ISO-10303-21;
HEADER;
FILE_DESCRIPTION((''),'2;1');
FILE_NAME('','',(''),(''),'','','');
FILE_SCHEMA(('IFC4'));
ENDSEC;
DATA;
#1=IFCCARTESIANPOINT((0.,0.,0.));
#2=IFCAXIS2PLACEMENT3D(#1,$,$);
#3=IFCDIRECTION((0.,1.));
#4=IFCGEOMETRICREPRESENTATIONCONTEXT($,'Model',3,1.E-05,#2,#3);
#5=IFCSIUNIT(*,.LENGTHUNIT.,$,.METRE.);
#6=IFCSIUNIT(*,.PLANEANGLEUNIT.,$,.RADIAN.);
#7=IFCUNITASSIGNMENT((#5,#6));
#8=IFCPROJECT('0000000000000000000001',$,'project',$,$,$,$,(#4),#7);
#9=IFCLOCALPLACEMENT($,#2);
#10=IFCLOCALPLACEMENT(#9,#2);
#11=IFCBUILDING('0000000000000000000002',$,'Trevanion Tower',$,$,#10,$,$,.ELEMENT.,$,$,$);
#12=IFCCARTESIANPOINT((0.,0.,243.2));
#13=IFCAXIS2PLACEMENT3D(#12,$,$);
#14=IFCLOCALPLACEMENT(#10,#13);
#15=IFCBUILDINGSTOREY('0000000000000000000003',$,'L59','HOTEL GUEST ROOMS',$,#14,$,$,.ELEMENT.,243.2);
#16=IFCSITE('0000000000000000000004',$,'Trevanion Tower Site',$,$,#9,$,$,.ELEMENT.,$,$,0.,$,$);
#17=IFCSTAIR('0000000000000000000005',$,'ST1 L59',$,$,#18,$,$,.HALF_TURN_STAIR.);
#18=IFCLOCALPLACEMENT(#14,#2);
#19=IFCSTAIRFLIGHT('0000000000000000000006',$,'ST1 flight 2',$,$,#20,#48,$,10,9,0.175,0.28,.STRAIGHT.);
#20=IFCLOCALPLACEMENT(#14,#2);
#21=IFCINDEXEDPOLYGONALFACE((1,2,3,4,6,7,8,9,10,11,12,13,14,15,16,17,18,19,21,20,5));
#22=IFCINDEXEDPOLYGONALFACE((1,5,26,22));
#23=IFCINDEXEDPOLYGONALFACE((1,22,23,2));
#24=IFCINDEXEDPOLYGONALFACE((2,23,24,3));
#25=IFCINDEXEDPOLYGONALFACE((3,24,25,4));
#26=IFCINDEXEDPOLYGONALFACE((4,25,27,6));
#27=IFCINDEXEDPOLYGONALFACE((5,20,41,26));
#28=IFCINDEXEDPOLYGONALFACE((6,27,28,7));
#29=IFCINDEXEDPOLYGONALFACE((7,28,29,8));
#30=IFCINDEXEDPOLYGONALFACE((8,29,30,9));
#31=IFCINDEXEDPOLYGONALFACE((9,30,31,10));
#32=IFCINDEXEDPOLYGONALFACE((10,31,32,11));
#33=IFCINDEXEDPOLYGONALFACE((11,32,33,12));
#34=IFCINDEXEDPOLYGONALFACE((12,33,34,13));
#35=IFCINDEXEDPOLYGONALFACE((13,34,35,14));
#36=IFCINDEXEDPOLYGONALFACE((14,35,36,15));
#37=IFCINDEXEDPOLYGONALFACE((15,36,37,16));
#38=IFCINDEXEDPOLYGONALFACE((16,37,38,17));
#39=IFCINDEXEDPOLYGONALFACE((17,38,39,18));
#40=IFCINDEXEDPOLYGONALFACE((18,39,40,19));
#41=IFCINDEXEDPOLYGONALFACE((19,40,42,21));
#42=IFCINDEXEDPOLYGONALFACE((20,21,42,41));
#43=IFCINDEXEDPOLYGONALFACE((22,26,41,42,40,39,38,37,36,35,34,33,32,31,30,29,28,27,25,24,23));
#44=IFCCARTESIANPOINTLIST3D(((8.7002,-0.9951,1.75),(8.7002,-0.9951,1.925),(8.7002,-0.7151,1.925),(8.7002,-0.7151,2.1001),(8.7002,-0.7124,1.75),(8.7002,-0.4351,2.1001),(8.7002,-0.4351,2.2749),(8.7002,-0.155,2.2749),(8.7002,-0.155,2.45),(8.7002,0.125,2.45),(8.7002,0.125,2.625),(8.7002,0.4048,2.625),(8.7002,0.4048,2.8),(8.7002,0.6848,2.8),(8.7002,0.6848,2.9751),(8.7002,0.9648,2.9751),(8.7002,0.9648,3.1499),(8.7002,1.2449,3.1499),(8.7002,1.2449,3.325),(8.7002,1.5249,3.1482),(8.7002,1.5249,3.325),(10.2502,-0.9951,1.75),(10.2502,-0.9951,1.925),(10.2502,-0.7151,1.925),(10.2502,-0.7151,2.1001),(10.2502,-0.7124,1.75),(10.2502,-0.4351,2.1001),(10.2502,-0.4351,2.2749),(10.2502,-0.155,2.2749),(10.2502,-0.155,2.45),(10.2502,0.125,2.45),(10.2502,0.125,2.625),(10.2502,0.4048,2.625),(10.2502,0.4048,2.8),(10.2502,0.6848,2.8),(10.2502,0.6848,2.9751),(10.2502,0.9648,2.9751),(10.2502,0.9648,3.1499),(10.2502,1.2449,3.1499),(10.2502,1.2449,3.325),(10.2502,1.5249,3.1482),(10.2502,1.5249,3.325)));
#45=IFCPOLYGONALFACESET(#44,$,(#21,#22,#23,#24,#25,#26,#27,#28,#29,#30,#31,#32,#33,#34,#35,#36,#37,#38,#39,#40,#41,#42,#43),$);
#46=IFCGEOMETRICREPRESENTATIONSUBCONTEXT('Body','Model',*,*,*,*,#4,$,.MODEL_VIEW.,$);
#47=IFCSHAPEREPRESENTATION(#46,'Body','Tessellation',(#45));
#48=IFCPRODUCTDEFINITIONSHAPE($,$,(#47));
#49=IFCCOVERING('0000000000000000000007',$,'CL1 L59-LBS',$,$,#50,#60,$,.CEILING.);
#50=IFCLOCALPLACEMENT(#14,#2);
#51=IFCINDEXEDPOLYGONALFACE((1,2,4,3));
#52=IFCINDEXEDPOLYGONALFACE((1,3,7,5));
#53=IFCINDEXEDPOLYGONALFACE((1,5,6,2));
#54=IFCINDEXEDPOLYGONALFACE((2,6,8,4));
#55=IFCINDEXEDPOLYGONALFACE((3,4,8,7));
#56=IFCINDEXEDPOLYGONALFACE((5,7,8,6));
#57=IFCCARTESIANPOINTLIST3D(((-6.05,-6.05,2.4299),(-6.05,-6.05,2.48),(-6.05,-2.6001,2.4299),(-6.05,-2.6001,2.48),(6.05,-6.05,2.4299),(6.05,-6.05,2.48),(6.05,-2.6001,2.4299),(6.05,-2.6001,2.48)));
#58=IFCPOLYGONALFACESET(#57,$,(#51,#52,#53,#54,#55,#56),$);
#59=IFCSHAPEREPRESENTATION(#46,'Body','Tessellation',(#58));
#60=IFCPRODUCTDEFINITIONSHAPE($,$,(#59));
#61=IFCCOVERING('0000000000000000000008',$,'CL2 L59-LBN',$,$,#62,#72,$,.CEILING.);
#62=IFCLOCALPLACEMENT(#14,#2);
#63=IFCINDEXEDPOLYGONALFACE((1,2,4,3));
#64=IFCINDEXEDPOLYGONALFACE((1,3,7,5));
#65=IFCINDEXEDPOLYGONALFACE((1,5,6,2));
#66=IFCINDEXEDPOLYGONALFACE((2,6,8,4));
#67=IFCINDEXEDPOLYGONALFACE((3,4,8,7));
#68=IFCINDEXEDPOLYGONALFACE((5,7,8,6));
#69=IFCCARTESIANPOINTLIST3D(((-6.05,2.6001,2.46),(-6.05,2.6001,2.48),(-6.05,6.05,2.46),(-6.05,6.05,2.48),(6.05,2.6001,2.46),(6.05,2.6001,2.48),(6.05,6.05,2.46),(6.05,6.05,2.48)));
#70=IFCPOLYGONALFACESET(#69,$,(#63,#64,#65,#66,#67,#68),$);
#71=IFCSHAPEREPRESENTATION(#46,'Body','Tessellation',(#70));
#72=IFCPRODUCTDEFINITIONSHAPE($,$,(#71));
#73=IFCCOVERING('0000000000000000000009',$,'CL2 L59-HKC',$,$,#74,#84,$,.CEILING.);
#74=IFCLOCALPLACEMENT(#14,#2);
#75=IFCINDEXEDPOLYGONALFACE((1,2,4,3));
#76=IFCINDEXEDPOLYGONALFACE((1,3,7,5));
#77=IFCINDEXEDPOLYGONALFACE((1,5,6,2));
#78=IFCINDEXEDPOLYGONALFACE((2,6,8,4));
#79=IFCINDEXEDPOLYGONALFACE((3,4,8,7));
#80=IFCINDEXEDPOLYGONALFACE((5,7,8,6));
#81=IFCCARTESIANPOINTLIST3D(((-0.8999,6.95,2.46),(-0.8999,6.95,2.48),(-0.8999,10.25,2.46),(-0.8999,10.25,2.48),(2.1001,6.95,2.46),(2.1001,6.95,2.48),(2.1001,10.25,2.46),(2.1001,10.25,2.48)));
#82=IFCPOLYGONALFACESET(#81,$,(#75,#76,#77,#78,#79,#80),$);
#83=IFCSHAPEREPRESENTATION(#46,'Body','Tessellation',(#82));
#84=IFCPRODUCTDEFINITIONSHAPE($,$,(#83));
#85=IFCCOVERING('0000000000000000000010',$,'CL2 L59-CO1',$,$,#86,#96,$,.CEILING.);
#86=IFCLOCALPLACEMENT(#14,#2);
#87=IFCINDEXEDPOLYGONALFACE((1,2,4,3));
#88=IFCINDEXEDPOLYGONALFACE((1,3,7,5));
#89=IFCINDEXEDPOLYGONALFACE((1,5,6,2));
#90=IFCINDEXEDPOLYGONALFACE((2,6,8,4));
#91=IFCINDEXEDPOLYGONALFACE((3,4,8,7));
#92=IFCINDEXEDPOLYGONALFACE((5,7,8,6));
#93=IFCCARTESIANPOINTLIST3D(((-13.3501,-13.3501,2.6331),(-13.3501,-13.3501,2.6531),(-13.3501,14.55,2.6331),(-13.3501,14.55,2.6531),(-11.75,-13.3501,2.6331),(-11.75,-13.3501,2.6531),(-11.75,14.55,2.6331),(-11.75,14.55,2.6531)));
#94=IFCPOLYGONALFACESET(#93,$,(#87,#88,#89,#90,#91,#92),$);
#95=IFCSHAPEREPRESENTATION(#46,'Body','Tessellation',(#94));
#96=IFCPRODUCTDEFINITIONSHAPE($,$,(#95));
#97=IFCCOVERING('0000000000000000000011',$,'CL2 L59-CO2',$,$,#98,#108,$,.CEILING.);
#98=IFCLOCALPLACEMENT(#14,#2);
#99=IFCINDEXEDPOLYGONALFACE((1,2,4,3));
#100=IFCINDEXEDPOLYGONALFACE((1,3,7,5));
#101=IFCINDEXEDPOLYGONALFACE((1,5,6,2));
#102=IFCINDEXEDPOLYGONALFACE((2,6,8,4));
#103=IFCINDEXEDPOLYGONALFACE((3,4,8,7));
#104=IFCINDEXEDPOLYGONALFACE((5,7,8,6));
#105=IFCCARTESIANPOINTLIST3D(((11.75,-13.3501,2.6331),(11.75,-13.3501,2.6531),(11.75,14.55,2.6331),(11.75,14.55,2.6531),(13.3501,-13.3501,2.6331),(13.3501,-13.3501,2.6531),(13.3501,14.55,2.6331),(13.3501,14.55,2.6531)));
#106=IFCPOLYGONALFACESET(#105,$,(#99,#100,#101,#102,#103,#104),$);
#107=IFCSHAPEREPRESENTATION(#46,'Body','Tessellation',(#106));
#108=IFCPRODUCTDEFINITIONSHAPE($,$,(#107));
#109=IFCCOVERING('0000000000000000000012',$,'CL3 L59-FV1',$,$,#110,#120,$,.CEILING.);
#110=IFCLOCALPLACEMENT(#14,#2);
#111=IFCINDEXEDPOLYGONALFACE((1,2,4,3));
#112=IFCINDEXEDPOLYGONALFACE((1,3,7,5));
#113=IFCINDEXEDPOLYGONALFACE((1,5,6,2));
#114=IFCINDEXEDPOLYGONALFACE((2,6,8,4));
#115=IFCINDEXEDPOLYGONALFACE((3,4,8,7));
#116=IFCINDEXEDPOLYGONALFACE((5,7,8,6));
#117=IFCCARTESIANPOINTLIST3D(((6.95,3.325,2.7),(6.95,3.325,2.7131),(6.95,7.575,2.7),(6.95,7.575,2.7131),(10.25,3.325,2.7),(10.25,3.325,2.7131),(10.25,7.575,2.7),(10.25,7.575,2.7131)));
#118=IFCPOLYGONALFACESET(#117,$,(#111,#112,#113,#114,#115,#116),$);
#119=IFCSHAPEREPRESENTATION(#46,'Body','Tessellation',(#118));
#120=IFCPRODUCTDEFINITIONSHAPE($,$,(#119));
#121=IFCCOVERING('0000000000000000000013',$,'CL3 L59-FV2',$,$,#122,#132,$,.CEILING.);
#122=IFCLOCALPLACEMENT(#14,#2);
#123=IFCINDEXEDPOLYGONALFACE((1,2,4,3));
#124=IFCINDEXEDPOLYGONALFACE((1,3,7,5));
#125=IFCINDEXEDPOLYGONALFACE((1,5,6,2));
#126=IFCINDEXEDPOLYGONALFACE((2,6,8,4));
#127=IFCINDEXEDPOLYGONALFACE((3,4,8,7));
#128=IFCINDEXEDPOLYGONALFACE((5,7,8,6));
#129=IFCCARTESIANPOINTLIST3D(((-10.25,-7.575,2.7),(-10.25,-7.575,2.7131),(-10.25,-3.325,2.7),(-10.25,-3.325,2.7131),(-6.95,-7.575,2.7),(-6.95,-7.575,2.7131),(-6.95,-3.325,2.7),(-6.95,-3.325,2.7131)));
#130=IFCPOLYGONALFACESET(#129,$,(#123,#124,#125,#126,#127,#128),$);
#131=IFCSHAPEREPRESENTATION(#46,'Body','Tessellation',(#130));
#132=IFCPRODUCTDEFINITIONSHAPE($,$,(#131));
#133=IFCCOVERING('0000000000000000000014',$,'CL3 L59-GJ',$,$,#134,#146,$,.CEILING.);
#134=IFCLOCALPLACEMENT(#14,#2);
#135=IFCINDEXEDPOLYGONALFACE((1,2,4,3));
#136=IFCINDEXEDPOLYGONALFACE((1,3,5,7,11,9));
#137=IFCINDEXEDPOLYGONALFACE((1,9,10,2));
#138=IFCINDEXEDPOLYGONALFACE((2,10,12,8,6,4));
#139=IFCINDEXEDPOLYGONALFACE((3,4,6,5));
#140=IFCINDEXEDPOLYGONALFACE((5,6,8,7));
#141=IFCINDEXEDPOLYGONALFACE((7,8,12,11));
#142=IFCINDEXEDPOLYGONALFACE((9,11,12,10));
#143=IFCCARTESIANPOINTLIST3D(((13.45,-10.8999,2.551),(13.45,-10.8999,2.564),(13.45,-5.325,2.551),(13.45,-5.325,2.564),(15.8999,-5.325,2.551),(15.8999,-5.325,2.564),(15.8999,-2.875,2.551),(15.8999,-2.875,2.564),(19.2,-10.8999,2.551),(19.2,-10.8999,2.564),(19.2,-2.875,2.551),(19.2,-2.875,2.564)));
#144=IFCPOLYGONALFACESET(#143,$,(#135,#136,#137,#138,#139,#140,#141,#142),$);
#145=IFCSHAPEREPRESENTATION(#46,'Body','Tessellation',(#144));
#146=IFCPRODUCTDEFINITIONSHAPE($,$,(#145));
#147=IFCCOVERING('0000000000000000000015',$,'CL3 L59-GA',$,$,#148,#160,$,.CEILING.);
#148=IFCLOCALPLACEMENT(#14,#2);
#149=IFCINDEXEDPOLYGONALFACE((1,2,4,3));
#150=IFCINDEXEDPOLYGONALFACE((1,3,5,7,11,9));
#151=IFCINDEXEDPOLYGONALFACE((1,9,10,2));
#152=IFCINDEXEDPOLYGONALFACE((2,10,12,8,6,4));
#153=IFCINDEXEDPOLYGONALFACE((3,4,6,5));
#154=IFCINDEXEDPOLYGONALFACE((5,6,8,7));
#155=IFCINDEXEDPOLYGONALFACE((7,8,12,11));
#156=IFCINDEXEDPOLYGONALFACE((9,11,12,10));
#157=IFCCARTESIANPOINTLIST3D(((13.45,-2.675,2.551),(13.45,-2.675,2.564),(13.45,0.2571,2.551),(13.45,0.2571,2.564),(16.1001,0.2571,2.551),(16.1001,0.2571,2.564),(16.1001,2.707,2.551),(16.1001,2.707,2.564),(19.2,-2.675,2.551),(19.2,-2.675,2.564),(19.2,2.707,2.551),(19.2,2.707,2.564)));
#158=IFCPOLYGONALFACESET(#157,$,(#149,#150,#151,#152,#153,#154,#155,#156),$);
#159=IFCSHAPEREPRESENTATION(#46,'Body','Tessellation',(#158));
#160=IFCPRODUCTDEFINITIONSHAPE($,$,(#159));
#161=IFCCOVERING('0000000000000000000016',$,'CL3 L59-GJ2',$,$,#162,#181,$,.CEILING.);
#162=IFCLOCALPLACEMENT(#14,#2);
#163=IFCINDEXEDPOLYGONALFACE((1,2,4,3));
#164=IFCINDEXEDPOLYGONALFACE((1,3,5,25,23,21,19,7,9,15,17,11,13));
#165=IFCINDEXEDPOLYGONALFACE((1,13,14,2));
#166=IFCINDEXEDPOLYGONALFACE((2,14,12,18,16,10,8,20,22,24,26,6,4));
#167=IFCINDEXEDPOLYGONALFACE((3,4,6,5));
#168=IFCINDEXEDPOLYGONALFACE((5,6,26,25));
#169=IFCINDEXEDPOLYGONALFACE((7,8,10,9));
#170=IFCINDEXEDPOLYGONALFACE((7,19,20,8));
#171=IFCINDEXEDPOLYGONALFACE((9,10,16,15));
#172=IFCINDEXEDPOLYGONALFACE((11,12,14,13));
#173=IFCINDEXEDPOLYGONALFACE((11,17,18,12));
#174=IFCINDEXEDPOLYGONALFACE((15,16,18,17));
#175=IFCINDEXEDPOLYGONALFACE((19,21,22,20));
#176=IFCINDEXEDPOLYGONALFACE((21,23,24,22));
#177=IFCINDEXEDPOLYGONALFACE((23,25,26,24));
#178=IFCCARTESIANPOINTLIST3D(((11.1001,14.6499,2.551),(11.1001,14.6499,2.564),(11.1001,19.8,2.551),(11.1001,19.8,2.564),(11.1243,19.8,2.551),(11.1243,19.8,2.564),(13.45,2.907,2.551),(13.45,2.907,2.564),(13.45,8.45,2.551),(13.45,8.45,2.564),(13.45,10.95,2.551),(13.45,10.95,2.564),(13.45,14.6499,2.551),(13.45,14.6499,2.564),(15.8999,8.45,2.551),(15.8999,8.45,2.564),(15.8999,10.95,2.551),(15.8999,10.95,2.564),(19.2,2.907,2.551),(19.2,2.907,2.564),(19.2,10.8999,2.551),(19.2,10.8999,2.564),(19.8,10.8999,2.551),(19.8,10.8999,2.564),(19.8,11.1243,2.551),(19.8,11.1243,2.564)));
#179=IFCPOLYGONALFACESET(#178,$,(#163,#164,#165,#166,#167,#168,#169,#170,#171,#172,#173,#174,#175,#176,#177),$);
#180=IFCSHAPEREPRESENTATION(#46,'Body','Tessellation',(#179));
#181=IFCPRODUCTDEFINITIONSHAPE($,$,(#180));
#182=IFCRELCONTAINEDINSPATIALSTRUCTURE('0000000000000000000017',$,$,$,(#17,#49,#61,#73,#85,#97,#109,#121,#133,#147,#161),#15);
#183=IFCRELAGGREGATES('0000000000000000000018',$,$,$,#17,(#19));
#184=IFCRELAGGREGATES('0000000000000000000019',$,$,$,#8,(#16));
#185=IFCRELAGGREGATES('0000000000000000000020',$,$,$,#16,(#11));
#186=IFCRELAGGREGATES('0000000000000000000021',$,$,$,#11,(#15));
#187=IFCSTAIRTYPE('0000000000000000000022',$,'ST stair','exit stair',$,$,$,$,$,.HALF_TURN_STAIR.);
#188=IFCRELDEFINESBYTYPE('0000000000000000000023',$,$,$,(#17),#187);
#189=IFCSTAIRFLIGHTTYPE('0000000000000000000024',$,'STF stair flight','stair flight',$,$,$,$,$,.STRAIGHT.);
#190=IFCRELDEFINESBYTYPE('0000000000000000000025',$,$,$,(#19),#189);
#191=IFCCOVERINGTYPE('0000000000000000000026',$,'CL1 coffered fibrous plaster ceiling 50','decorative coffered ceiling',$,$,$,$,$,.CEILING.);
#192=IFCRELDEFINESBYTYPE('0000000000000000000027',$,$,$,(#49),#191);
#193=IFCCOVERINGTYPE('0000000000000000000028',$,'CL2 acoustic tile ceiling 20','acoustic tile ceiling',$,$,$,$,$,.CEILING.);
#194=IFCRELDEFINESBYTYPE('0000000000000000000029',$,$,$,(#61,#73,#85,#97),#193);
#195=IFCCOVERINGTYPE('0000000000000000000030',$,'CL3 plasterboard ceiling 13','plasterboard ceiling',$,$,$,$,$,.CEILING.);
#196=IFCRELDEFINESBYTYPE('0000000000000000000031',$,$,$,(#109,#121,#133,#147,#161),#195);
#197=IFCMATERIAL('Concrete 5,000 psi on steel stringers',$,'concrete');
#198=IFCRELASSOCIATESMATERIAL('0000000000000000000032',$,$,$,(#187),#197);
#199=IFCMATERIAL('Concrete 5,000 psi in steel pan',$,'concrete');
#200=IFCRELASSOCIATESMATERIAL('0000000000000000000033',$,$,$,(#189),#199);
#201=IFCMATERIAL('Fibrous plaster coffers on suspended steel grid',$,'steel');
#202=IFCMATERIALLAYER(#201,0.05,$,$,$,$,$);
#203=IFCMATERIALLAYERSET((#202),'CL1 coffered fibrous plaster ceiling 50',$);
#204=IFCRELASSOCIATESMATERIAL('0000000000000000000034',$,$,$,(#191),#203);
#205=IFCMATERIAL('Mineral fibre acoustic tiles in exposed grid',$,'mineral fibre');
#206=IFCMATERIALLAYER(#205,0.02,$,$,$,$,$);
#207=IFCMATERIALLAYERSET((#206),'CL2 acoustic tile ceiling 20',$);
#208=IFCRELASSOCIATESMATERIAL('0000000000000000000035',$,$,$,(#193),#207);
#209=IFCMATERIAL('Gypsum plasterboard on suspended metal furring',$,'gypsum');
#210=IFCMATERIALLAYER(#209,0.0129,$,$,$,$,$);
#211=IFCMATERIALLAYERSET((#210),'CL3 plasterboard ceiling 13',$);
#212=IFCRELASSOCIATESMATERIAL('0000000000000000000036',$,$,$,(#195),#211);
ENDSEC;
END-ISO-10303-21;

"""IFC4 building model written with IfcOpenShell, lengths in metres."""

from ifc_helpers import new_model, si_unit, direction, frame, origin, place, context, subcontext, project, spatial, polyline, outline, extrude, material, layer, layer_set, type_object, element, aggregate, save


model = new_model("IFC4")

# Units and contexts
model_context = context("Model", 3, precision=1e-05, world=origin(), true_north=direction((0.0, 1.0)))
body_context = subcontext(model_context, "Body", "Model", "MODEL_VIEW")
ifc_project = project(units=[si_unit("LENGTHUNIT", "METRE"), si_unit("PLANEANGLEUNIT", "RADIAN")], contexts=[model_context])

# Site, building, storey
site_placement = place(None, origin())
site = spatial("IfcSite", under=ifc_project, at=site_placement, Name="Trevanion Tower Site", CompositionType="ELEMENT", RefElevation=0.0)
building_placement = place(site_placement, origin())
building = spatial("IfcBuilding", under=site, at=building_placement, Name="Trevanion Tower", CompositionType="ELEMENT")
storey_placement = place(building_placement, frame((0.0, 0.0, 243.2)))
storey = spatial("IfcBuildingStorey", under=building, at=storey_placement, Name="L59", Description="HOTEL GUEST ROOMS", CompositionType="ELEMENT", Elevation=243.2)

# Stair, stair flight
ifc_material_1 = material(Name="Concrete 5,000 psi on steel stringers", Category="concrete")
stair_type = type_object("IfcStairType", Name="ST stair", Description="exit stair", PredefinedType="HALF_TURN_STAIR", material=ifc_material_1)
stair_placement = place(storey_placement, origin())
stair = element("IfcStair", 1, at=stair_placement, inside=storey, type_object=stair_type, Name="ST1 L59", PredefinedType="HALF_TURN_STAIR")
ifc_material_2 = material(Name="Concrete 5,000 psi in steel pan", Category="concrete")
stair_flight_type = type_object("IfcStairFlightType", Name="STF stair flight", Description="stair flight", PredefinedType="STRAIGHT", material=ifc_material_2)
stair_flight_placement = place(storey_placement, frame((9.4751, -0.9951, 1.75), z_axis=(0.0, 0.0, 1.0), x_axis=(0.0, 1.0, 0.0)))
stair_flight = element("IfcStairFlight", 2, at=stair_flight_placement, type_object=stair_flight_type, Name="ST1 flight 2", NumberOfRisers=10, NumberOfTreads=9, PredefinedType="STRAIGHT", RiserHeight=0.175, TreadLength=0.28, context=body_context, shape_type="SweptSolid", body=[
    extrude(outline(polyline([(0.0, 0.0), (0.0, 0.175), (0.28, 0.175), (0.28, 0.3501), (0.5601, 0.3501), (0.5601, 0.5249), (0.8401, 0.5249), (0.8401, 0.7), (1.1201, 0.7), (1.1201, 0.875), (1.3999, 0.875), (1.3999, 1.05), (1.6799, 1.05), (1.6799, 1.2251), (1.96, 1.2251), (1.96, 1.3999), (2.24, 1.3999), (2.24, 1.575), (2.52, 1.575), (2.52, 1.75), (2.52, 1.3982), (0.2827, 0.0), (0.0, 0.0)])), frame((0.0, 0.7749, 0.0), z_axis=(0.0, -1.0, 0.0), x_axis=(1.0, 0.0, 0.0)), (0.0, 0.0, 1.0), 1.55),
])
aggregate(stair, [stair_flight])

# Coverings
ifc_material_3 = material(Name="Fibrous plaster coffers on suspended steel grid", Category="steel")
ifc_layer_1 = layer(ifc_material_3, 0.05)
ifc_layer_set_1 = layer_set([ifc_layer_1], Name="CL1 coffered fibrous plaster ceiling 50")
covering_type_1 = type_object("IfcCoveringType", Name="CL1 coffered fibrous plaster ceiling 50", Description="decorative coffered ceiling", PredefinedType="CEILING", material=ifc_layer_set_1)
covering_1_placement = place(storey_placement, frame((0.0, 0.0, 2.4299)))
element("IfcCovering", 3, at=covering_1_placement, inside=storey, type_object=covering_type_1, Name="CL1 L59-LBS", PredefinedType="CEILING", context=body_context, shape_type="SweptSolid", body=[
    extrude(outline(polyline([(6.05, -6.05), (6.05, -2.6001), (-6.05, -2.6001), (-6.05, -6.05), (6.05, -6.05)])), origin(), (0.0, 0.0, 1.0), 0.05),
])
ifc_material_4 = material(Name="Mineral fibre acoustic tiles in exposed grid", Category="mineral fibre")
ifc_layer_2 = layer(ifc_material_4, 0.02)
ifc_layer_set_2 = layer_set([ifc_layer_2], Name="CL2 acoustic tile ceiling 20")
covering_type_2 = type_object("IfcCoveringType", Name="CL2 acoustic tile ceiling 20", Description="acoustic tile ceiling", PredefinedType="CEILING", material=ifc_layer_set_2)
covering_2_placement = place(storey_placement, frame((0.0, 0.0, 2.46)))
element("IfcCovering", 4, at=covering_2_placement, inside=storey, type_object=covering_type_2, Name="CL2 L59-LBN", PredefinedType="CEILING", context=body_context, shape_type="SweptSolid", body=[
    extrude(outline(polyline([(6.05, 2.6001), (6.05, 6.05), (-6.05, 6.05), (-6.05, 2.6001), (6.05, 2.6001)])), origin(), (0.0, 0.0, 1.0), 0.02),
])
covering_3_placement = place(storey_placement, frame((0.0, 0.0, 2.46)))
element("IfcCovering", 5, at=covering_3_placement, inside=storey, type_object=covering_type_2, Name="CL2 L59-HKC", PredefinedType="CEILING", context=body_context, shape_type="SweptSolid", body=[
    extrude(outline(polyline([(2.1001, 6.95), (2.1001, 10.25), (-0.8999, 10.25), (-0.8999, 6.95), (2.1001, 6.95)])), origin(), (0.0, 0.0, 1.0), 0.02),
])
covering_4_placement = place(storey_placement, frame((0.0, 0.0, 2.6331)))
element("IfcCovering", 6, at=covering_4_placement, inside=storey, type_object=covering_type_2, Name="CL2 L59-CO1", PredefinedType="CEILING", context=body_context, shape_type="SweptSolid", body=[
    extrude(outline(polyline([(-11.75, 14.55), (-11.75, -13.3501), (-13.3501, -13.3501), (-13.3501, 14.55), (-11.75, 14.55)])), origin(), (0.0, 0.0, 1.0), 0.02),
])
covering_5_placement = place(storey_placement, frame((0.0, 0.0, 2.6331)))
element("IfcCovering", 7, at=covering_5_placement, inside=storey, type_object=covering_type_2, Name="CL2 L59-CO2", PredefinedType="CEILING", context=body_context, shape_type="SweptSolid", body=[
    extrude(outline(polyline([(11.75, -13.3501), (11.75, 14.55), (13.3501, 14.55), (13.3501, -13.3501), (11.75, -13.3501)])), origin(), (0.0, 0.0, 1.0), 0.02),
])
ifc_material_5 = material(Name="Gypsum plasterboard on suspended metal furring", Category="gypsum")
ifc_layer_3 = layer(ifc_material_5, 0.0129)
ifc_layer_set_3 = layer_set([ifc_layer_3], Name="CL3 plasterboard ceiling 13")
covering_type_3 = type_object("IfcCoveringType", Name="CL3 plasterboard ceiling 13", Description="plasterboard ceiling", PredefinedType="CEILING", material=ifc_layer_set_3)
covering_6_placement = place(storey_placement, frame((0.0, 0.0, 2.7)))
element("IfcCovering", 8, at=covering_6_placement, inside=storey, type_object=covering_type_3, Name="CL3 L59-FV1", PredefinedType="CEILING", context=body_context, shape_type="SweptSolid", body=[
    extrude(outline(polyline([(10.25, 3.325), (10.25, 7.575), (6.95, 7.575), (6.95, 3.325), (10.25, 3.325)])), origin(), (0.0, 0.0, 1.0), 0.0132),
])
covering_7_placement = place(storey_placement, frame((0.0, 0.0, 2.7)))
element("IfcCovering", 9, at=covering_7_placement, inside=storey, type_object=covering_type_3, Name="CL3 L59-FV2", PredefinedType="CEILING", context=body_context, shape_type="SweptSolid", body=[
    extrude(outline(polyline([(-10.25, -3.325), (-10.25, -7.575), (-6.95, -7.575), (-6.95, -3.325), (-10.25, -3.325)])), origin(), (0.0, 0.0, 1.0), 0.0132),
])
covering_8_placement = place(storey_placement, frame((0.0, 0.0, 2.551)))
element("IfcCovering", 10, at=covering_8_placement, inside=storey, type_object=covering_type_3, Name="CL3 L59-GJ", PredefinedType="CEILING", context=body_context, shape_type="SweptSolid", body=[
    extrude(outline(polyline([(13.45, -5.325), (15.8999, -5.325), (15.8999, -2.875), (19.2, -2.875), (19.2, -10.8999), (13.45, -10.8999), (13.45, -5.325)])), origin(), (0.0, 0.0, 1.0), 0.0129),
])
covering_9_placement = place(storey_placement, frame((0.0, 0.0, 2.551)))
element("IfcCovering", 11, at=covering_9_placement, inside=storey, type_object=covering_type_3, Name="CL3 L59-GA", PredefinedType="CEILING", context=body_context, shape_type="SweptSolid", body=[
    extrude(outline(polyline([(13.45, 0.2571), (16.1001, 0.2571), (16.1001, 2.707), (19.2, 2.707), (19.2, -2.675), (13.45, -2.675), (13.45, 0.2571)])), origin(), (0.0, 0.0, 1.0), 0.0129),
])
covering_10_placement = place(storey_placement, frame((0.0, 0.0, 2.551)))
element("IfcCovering", 12, at=covering_10_placement, inside=storey, type_object=covering_type_3, Name="CL3 L59-GJ2", PredefinedType="CEILING", context=body_context, shape_type="SweptSolid", body=[
    extrude(outline(polyline([(11.1001, 14.6499), (11.1001, 19.8), (11.1243, 19.8), (19.8, 11.1243), (19.8, 10.8999), (19.2, 10.8999), (19.2, 2.907), (13.45, 2.907), (13.45, 8.45), (15.8999, 8.45), (15.8999, 10.95), (13.45, 10.95), (13.45, 14.6499), (11.1001, 14.6499)])), origin(), (0.0, 0.0, 1.0), 0.0129),
])

save(model, "model.ifc")
